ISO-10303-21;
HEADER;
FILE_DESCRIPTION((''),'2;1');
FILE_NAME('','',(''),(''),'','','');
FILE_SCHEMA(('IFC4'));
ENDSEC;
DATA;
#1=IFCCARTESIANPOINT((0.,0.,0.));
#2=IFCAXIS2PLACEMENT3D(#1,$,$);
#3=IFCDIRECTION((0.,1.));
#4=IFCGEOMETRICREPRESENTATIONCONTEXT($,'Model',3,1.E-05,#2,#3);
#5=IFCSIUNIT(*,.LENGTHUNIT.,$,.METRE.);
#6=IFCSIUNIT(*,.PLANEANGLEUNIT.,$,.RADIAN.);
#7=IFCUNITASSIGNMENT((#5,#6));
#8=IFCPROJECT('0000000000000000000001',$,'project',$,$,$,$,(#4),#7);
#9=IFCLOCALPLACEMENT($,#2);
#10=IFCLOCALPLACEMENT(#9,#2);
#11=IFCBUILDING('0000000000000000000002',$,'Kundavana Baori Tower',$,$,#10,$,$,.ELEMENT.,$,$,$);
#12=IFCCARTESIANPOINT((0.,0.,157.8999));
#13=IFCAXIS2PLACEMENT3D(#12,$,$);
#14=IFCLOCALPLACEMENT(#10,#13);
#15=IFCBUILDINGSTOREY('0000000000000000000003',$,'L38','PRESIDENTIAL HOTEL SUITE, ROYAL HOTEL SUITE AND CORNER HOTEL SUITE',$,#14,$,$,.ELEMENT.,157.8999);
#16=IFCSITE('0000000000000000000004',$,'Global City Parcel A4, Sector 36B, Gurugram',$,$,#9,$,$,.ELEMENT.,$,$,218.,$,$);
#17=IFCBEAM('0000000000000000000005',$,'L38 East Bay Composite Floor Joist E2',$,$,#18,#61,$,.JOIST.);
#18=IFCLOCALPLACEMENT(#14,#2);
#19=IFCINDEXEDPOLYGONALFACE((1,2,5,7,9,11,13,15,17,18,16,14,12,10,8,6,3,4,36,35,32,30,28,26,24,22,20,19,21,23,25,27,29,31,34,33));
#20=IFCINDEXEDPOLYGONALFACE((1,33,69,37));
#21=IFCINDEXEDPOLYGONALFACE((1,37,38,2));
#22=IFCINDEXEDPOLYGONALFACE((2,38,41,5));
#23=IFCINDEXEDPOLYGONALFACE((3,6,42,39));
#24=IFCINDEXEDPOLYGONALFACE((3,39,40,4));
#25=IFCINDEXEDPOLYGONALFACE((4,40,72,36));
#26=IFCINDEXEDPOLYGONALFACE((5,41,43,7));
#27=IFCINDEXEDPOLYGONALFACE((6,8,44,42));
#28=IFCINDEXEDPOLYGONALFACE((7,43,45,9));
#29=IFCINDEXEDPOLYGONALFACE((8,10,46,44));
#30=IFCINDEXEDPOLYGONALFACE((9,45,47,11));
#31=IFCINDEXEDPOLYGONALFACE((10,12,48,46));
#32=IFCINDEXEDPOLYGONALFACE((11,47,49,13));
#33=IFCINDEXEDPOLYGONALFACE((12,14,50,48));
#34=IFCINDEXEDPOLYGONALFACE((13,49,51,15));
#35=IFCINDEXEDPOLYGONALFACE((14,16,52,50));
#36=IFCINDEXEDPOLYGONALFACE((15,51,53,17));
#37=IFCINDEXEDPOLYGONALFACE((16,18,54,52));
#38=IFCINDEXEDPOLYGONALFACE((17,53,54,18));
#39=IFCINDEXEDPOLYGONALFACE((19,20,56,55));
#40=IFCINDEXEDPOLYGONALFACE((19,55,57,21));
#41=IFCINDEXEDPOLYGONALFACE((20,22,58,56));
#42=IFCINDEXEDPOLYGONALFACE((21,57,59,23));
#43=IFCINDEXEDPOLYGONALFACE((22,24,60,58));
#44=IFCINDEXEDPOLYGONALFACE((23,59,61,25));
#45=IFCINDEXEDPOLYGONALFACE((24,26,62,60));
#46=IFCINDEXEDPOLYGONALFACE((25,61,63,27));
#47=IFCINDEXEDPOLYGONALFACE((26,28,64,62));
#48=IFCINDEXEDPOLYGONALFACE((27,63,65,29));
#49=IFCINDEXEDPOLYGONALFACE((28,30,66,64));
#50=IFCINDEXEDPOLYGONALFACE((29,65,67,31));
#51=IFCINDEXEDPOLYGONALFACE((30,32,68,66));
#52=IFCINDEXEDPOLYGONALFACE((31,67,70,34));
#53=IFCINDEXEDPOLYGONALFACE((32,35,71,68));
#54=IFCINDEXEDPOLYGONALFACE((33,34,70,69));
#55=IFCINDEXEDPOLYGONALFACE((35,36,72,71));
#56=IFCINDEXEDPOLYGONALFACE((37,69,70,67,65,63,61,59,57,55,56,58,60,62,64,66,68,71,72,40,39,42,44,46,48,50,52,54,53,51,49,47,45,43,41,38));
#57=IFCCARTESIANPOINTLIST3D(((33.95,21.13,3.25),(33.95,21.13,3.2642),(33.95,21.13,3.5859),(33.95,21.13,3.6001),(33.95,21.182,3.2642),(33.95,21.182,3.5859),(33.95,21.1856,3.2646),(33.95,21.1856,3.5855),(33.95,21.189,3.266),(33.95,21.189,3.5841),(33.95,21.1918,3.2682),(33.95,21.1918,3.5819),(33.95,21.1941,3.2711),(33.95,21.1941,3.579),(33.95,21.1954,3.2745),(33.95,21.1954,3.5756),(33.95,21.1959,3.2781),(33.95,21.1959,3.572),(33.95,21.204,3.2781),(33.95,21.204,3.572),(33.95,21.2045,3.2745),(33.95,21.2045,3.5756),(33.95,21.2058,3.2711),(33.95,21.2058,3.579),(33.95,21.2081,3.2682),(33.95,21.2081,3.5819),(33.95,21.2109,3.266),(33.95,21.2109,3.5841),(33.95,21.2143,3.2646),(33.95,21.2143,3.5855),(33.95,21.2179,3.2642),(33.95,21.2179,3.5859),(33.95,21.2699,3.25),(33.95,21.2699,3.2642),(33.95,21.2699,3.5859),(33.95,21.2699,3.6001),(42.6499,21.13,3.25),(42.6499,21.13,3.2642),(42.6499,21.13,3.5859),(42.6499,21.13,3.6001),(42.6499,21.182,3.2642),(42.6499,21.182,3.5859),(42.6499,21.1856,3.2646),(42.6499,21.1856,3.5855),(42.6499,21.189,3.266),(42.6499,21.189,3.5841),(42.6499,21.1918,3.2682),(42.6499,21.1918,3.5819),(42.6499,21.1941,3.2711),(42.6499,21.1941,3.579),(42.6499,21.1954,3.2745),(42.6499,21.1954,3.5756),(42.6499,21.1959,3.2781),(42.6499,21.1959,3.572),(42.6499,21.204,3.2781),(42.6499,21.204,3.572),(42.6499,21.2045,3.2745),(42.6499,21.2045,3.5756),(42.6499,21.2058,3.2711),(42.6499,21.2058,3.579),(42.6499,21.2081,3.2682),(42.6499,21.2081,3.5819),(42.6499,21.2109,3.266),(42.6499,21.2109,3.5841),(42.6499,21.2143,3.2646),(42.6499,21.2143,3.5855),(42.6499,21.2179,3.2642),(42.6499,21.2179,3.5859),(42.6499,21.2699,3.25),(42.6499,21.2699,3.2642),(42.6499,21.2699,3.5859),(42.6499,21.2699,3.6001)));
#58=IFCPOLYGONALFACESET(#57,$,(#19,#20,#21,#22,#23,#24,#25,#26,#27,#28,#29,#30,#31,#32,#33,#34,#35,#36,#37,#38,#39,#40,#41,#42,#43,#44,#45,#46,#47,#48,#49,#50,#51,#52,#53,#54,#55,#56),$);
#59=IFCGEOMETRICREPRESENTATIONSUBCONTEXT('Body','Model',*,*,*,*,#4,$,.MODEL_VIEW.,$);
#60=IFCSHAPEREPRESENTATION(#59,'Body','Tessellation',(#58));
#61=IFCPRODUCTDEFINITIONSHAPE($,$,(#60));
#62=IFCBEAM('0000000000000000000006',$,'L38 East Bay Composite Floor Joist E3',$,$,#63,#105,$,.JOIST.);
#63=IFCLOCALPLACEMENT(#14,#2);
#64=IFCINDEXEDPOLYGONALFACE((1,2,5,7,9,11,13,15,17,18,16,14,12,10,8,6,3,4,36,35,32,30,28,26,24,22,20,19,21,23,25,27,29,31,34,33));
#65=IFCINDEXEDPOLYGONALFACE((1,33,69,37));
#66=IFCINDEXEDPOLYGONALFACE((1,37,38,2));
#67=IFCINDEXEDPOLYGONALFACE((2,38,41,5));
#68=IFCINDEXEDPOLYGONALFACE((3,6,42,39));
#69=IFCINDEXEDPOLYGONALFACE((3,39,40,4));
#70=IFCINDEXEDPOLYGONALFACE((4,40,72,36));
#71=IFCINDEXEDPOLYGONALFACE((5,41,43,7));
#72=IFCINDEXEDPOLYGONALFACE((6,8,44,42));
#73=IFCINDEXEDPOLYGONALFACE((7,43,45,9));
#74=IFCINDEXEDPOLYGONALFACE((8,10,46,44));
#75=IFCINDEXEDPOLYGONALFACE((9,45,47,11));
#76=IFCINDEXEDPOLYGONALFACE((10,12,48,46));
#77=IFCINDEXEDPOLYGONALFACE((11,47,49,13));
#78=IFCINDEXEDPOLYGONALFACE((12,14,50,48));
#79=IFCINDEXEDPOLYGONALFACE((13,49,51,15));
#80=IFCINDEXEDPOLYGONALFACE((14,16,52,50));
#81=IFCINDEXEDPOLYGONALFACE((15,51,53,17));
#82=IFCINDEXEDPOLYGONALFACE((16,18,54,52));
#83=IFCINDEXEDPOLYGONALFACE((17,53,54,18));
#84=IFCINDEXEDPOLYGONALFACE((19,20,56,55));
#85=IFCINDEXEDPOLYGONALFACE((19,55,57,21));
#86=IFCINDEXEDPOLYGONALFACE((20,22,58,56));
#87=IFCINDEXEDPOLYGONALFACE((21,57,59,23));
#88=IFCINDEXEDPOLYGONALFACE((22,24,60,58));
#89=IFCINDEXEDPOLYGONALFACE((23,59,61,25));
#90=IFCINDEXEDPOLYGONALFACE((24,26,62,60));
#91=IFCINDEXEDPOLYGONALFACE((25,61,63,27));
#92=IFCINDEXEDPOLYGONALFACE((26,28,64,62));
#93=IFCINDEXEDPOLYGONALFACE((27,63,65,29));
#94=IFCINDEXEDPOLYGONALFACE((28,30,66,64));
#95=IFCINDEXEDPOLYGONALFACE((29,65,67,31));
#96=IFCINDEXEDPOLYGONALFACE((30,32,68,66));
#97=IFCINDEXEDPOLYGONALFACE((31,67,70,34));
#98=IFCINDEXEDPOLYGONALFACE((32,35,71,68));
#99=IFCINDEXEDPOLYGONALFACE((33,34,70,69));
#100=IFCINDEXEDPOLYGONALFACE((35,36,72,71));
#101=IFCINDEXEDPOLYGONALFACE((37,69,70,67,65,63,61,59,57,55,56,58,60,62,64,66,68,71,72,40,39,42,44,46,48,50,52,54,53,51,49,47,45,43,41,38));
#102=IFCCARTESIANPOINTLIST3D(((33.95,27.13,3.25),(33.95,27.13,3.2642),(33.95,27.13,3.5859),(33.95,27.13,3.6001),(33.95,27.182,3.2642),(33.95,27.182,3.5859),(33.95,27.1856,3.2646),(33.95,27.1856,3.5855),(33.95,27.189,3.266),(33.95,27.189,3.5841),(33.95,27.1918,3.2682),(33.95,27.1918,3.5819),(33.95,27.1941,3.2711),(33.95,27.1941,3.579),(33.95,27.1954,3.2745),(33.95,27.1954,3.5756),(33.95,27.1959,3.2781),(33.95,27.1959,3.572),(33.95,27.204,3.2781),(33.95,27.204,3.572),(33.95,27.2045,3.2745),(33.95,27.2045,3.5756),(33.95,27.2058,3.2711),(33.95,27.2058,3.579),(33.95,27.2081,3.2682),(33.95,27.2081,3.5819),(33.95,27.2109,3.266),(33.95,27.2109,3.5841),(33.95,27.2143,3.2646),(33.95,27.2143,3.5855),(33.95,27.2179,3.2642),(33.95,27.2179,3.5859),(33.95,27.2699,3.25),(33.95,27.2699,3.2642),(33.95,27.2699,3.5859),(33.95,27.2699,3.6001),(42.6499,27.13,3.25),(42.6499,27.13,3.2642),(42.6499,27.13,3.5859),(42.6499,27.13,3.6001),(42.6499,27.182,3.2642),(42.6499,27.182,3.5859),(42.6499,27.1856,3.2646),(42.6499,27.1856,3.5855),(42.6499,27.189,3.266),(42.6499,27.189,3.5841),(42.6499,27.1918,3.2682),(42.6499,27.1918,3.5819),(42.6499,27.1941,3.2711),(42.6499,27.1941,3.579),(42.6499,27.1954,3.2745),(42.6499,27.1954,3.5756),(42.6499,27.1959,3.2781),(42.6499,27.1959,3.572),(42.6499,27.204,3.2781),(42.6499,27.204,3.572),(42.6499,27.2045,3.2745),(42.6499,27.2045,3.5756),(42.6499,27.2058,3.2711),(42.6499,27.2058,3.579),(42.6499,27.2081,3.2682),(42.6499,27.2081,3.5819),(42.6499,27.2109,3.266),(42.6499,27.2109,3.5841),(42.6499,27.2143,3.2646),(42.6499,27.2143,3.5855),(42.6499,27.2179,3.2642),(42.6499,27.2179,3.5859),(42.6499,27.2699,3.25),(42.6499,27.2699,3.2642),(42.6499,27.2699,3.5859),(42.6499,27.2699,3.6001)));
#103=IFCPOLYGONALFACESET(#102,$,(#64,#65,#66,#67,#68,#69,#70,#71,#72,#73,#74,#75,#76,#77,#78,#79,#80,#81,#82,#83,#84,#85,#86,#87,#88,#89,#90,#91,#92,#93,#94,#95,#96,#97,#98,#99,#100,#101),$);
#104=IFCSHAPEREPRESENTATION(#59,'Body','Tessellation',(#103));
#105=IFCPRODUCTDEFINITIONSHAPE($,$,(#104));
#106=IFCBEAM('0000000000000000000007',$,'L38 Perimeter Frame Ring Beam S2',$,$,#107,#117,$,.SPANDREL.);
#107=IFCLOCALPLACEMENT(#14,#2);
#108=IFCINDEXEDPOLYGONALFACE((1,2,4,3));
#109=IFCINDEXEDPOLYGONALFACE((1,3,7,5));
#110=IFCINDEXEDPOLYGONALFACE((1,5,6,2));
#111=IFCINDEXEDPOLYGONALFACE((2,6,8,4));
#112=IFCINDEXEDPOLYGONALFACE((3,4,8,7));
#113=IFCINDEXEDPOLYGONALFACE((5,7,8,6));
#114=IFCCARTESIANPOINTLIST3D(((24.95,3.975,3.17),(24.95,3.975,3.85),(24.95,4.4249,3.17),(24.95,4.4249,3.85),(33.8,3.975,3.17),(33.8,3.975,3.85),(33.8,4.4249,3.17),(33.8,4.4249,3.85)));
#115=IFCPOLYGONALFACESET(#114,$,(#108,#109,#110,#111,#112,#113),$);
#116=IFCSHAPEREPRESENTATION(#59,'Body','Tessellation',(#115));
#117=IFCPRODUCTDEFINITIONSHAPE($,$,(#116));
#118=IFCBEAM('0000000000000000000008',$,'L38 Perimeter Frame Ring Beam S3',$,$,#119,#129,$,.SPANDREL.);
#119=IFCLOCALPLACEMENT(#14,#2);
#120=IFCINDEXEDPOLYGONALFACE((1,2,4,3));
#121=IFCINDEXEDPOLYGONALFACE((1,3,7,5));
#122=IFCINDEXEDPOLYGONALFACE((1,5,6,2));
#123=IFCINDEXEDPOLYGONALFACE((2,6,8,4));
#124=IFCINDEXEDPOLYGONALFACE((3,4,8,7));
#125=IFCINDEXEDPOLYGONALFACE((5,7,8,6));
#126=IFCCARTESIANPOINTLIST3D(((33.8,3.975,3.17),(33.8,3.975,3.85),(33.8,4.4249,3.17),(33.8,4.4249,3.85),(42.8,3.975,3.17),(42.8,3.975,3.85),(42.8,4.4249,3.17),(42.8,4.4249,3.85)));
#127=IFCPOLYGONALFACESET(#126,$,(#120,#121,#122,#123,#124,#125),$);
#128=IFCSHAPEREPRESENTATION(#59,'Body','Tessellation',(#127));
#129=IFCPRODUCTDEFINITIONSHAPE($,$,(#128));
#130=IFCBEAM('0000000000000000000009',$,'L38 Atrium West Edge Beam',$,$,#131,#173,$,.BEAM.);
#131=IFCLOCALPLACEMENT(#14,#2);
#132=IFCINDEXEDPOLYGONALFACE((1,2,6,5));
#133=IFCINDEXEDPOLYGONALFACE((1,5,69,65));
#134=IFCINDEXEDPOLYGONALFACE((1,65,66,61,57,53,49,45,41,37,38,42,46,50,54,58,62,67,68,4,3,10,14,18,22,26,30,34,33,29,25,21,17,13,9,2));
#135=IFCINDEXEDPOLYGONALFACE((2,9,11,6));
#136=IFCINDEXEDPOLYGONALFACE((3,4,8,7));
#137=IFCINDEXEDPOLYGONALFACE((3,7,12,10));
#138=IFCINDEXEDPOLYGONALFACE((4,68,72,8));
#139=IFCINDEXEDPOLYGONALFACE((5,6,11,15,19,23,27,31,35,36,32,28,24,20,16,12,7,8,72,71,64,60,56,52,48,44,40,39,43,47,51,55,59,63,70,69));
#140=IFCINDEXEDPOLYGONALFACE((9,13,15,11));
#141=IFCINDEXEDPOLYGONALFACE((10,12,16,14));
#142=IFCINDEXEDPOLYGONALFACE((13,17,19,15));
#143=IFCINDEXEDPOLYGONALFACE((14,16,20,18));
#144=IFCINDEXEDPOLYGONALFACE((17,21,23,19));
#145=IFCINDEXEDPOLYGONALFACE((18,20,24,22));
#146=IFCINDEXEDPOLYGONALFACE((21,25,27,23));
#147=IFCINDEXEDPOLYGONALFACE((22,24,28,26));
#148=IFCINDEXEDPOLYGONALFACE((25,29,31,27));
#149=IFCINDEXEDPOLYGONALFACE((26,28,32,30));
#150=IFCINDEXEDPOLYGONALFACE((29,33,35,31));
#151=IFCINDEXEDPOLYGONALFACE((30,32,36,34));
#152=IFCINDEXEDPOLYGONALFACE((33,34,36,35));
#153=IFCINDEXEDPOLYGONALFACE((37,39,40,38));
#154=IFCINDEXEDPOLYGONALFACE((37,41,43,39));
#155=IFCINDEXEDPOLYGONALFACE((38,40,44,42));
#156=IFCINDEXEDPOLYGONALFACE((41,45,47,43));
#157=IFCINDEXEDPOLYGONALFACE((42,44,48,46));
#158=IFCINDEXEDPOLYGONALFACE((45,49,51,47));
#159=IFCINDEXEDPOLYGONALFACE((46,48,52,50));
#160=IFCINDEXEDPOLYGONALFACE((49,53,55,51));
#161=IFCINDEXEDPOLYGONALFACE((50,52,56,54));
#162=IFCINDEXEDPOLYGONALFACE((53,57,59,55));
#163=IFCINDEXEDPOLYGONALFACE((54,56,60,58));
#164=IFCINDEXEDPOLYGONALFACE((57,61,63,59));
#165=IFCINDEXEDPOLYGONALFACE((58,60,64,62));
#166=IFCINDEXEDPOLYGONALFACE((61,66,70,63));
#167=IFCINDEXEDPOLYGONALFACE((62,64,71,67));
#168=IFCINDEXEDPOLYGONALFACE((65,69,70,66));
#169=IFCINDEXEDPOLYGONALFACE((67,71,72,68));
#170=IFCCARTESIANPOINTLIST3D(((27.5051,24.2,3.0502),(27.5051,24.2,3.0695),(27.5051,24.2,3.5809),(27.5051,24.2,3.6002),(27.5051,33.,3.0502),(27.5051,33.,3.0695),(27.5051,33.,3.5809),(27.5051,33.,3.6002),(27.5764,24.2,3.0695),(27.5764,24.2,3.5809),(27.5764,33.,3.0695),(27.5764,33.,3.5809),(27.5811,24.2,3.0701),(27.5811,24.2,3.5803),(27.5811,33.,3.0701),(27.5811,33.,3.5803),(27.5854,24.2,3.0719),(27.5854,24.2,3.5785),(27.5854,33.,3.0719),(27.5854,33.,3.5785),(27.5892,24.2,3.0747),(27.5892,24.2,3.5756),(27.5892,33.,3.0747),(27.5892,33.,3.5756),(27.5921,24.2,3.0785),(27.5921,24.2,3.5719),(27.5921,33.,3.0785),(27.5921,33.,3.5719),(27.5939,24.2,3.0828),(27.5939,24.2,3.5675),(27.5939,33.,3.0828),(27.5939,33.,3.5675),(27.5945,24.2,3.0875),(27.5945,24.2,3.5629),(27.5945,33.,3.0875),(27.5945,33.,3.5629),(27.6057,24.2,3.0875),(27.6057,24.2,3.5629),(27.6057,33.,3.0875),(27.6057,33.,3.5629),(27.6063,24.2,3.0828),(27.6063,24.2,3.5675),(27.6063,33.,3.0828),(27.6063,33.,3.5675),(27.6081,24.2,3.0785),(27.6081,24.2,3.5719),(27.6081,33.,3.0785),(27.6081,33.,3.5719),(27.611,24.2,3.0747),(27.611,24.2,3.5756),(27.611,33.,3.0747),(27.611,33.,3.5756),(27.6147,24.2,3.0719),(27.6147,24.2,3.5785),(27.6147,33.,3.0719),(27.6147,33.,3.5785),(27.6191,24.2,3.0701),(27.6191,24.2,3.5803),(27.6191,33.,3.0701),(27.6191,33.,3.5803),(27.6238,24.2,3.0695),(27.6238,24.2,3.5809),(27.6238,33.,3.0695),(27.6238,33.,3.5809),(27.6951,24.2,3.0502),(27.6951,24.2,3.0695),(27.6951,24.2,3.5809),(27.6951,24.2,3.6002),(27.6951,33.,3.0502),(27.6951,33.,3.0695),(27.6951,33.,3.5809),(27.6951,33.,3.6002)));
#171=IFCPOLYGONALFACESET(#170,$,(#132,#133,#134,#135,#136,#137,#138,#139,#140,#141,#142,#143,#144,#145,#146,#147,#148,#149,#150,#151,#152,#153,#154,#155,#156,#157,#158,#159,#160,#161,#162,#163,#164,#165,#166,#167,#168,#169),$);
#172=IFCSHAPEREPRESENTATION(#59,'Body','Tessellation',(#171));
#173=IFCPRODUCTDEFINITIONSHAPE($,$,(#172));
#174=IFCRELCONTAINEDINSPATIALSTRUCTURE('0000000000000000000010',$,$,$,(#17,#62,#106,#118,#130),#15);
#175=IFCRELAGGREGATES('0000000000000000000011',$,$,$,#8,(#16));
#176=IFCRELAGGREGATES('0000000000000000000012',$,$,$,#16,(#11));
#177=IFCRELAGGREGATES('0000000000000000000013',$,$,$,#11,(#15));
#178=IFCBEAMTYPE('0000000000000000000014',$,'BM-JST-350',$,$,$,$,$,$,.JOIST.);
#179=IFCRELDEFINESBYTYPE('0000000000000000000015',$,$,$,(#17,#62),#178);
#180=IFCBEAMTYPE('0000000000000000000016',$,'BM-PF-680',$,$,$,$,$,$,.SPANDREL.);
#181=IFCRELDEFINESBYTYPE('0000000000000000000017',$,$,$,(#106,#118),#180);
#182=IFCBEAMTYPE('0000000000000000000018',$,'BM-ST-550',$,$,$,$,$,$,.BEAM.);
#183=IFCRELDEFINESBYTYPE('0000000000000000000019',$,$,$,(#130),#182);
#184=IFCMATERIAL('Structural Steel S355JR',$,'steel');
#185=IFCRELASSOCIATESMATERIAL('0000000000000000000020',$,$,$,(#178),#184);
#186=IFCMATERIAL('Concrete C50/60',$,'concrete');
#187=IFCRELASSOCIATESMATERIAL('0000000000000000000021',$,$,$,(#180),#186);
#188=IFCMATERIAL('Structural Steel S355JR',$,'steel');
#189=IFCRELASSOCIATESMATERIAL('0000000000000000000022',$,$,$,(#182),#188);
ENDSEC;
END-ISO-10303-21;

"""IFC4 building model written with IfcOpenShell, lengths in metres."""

from ifc_helpers import new_model, si_unit, direction, frame, origin, origin_2d, place, context, subcontext, project, spatial, rectangle, i_section, extrude, material, material_profile, profile_set, type_object, element, save


model = new_model("IFC4")

# Units and contexts
model_context = context("Model", 3, precision=1e-05, world=origin(), true_north=direction((0.0, 1.0)))
body_context = subcontext(model_context, "Body", "Model", "MODEL_VIEW")
ifc_project = project(units=[si_unit("LENGTHUNIT", "METRE"), si_unit("PLANEANGLEUNIT", "RADIAN")], contexts=[model_context])

# Site, building, storey
site_placement = place(None, origin())
site = spatial("IfcSite", under=ifc_project, at=site_placement, Name="Global City Parcel A4, Sector 36B, Gurugram", CompositionType="ELEMENT", RefElevation=218.0)
building_placement = place(site_placement, origin())
building = spatial("IfcBuilding", under=site, at=building_placement, Name="Kundavana Baori Tower", CompositionType="ELEMENT")
storey_placement = place(building_placement, frame((0.0, 0.0, 157.8999)))
storey = spatial("IfcBuildingStorey", under=building, at=storey_placement, Name="L38", Description="PRESIDENTIAL HOTEL SUITE, ROYAL HOTEL SUITE AND CORNER HOTEL SUITE", CompositionType="ELEMENT", Elevation=157.8999)

# Beams
ifc_material_1 = material(Name="Structural Steel S355JR", Category="steel")
ifc_material_profile_1 = material_profile(ifc_material_1, i_section(OverallWidth=0.1399, OverallDepth=0.3501, WebThickness=0.0081, FlangeThickness=0.0142, FilletRadius=0.0139, at=origin_2d()), Name="ISMB 350")
ifc_profile_set_1 = profile_set([ifc_material_profile_1], Name="Structural Steel S355JR")
beam_type_1 = type_object("IfcBeamType", Name="BM-JST-350", PredefinedType="JOIST", material=ifc_profile_set_1)
for number, where, z_axis, x_axis, name in (
    (1, (33.95, 21.2, 3.425), (1.0, 0.0, 0.0), (0.0, 1.0, 0.0), "L38 East Bay Composite Floor Joist E2"),
    (2, (33.95, 27.2, 3.425), (1.0, 0.0, 0.0), (0.0, 1.0, 0.0), "L38 East Bay Composite Floor Joist E3"),
):
    element("IfcBeam", number, at=place(storey_placement, frame(where, z_axis=z_axis, x_axis=x_axis)), inside=storey, type_object=beam_type_1, Name=name, PredefinedType="JOIST", context=body_context, shape_type="SweptSolid", body=[
        extrude(i_section(OverallWidth=0.1399, OverallDepth=0.3501, WebThickness=0.0081, FlangeThickness=0.0142, FilletRadius=0.0139, at=origin_2d()), origin(), (0.0, 0.0, 1.0), 8.7),
    ])
ifc_material_2 = material(Name="Concrete C50/60", Category="concrete")
ifc_material_profile_2 = material_profile(ifc_material_2, rectangle(XDim=0.45, YDim=0.6799, at=origin_2d()), Name="RC BM 450x680")
ifc_profile_set_2 = profile_set([ifc_material_profile_2], Name="Concrete C50/60")
beam_type_2 = type_object("IfcBeamType", Name="BM-PF-680", PredefinedType="SPANDREL", material=ifc_profile_set_2)
beam_1_placement = place(storey_placement, frame((24.95, 4.2, 3.51), z_axis=(1.0, 0.0, 0.0), x_axis=(0.0, 1.0, 0.0)))
element("IfcBeam", 3, at=beam_1_placement, inside=storey, type_object=beam_type_2, Name="L38 Perimeter Frame Ring Beam S2", PredefinedType="SPANDREL", context=body_context, shape_type="SweptSolid", body=[
    extrude(rectangle(XDim=0.45, YDim=0.6799, at=origin_2d()), origin(), (0.0, 0.0, 1.0), 8.8501),
])
beam_2_placement = place(storey_placement, frame((33.8, 4.2, 3.51), z_axis=(1.0, 0.0, 0.0), x_axis=(0.0, 1.0, 0.0)))
element("IfcBeam", 4, at=beam_2_placement, inside=storey, type_object=beam_type_2, Name="L38 Perimeter Frame Ring Beam S3", PredefinedType="SPANDREL", context=body_context, shape_type="SweptSolid", body=[
    extrude(rectangle(XDim=0.45, YDim=0.6799, at=origin_2d()), origin(), (0.0, 0.0, 1.0), 9.0),
])
ifc_material_3 = material(Name="Structural Steel S355JR", Category="steel")
ifc_material_profile_3 = material_profile(ifc_material_3, i_section(OverallWidth=0.1899, OverallDepth=0.55, WebThickness=0.0112, FlangeThickness=0.0193, FilletRadius=0.0181, at=origin_2d()), Name="ISMB 550")
ifc_profile_set_3 = profile_set([ifc_material_profile_3], Name="Structural Steel S355JR")
beam_type_3 = type_object("IfcBeamType", Name="BM-ST-550", PredefinedType="BEAM", material=ifc_profile_set_3)
for number, where, z_axis, x_axis, name in (
    (5, (27.6001, 24.2, 3.3252), (0.0, 1.0, 0.0), (-1.0, 0.0, 0.0), "L38 Atrium West Edge Beam"),
):
    element("IfcBeam", number, at=place(storey_placement, frame(where, z_axis=z_axis, x_axis=x_axis)), inside=storey, type_object=beam_type_3, Name=name, PredefinedType="BEAM", context=body_context, shape_type="SweptSolid", body=[
        extrude(i_section(OverallWidth=0.1899, OverallDepth=0.55, WebThickness=0.0112, FlangeThickness=0.0193, FilletRadius=0.0181, at=origin_2d()), origin(), (0.0, 0.0, 1.0), 8.8),
    ])

save(model, "model.ifc")
